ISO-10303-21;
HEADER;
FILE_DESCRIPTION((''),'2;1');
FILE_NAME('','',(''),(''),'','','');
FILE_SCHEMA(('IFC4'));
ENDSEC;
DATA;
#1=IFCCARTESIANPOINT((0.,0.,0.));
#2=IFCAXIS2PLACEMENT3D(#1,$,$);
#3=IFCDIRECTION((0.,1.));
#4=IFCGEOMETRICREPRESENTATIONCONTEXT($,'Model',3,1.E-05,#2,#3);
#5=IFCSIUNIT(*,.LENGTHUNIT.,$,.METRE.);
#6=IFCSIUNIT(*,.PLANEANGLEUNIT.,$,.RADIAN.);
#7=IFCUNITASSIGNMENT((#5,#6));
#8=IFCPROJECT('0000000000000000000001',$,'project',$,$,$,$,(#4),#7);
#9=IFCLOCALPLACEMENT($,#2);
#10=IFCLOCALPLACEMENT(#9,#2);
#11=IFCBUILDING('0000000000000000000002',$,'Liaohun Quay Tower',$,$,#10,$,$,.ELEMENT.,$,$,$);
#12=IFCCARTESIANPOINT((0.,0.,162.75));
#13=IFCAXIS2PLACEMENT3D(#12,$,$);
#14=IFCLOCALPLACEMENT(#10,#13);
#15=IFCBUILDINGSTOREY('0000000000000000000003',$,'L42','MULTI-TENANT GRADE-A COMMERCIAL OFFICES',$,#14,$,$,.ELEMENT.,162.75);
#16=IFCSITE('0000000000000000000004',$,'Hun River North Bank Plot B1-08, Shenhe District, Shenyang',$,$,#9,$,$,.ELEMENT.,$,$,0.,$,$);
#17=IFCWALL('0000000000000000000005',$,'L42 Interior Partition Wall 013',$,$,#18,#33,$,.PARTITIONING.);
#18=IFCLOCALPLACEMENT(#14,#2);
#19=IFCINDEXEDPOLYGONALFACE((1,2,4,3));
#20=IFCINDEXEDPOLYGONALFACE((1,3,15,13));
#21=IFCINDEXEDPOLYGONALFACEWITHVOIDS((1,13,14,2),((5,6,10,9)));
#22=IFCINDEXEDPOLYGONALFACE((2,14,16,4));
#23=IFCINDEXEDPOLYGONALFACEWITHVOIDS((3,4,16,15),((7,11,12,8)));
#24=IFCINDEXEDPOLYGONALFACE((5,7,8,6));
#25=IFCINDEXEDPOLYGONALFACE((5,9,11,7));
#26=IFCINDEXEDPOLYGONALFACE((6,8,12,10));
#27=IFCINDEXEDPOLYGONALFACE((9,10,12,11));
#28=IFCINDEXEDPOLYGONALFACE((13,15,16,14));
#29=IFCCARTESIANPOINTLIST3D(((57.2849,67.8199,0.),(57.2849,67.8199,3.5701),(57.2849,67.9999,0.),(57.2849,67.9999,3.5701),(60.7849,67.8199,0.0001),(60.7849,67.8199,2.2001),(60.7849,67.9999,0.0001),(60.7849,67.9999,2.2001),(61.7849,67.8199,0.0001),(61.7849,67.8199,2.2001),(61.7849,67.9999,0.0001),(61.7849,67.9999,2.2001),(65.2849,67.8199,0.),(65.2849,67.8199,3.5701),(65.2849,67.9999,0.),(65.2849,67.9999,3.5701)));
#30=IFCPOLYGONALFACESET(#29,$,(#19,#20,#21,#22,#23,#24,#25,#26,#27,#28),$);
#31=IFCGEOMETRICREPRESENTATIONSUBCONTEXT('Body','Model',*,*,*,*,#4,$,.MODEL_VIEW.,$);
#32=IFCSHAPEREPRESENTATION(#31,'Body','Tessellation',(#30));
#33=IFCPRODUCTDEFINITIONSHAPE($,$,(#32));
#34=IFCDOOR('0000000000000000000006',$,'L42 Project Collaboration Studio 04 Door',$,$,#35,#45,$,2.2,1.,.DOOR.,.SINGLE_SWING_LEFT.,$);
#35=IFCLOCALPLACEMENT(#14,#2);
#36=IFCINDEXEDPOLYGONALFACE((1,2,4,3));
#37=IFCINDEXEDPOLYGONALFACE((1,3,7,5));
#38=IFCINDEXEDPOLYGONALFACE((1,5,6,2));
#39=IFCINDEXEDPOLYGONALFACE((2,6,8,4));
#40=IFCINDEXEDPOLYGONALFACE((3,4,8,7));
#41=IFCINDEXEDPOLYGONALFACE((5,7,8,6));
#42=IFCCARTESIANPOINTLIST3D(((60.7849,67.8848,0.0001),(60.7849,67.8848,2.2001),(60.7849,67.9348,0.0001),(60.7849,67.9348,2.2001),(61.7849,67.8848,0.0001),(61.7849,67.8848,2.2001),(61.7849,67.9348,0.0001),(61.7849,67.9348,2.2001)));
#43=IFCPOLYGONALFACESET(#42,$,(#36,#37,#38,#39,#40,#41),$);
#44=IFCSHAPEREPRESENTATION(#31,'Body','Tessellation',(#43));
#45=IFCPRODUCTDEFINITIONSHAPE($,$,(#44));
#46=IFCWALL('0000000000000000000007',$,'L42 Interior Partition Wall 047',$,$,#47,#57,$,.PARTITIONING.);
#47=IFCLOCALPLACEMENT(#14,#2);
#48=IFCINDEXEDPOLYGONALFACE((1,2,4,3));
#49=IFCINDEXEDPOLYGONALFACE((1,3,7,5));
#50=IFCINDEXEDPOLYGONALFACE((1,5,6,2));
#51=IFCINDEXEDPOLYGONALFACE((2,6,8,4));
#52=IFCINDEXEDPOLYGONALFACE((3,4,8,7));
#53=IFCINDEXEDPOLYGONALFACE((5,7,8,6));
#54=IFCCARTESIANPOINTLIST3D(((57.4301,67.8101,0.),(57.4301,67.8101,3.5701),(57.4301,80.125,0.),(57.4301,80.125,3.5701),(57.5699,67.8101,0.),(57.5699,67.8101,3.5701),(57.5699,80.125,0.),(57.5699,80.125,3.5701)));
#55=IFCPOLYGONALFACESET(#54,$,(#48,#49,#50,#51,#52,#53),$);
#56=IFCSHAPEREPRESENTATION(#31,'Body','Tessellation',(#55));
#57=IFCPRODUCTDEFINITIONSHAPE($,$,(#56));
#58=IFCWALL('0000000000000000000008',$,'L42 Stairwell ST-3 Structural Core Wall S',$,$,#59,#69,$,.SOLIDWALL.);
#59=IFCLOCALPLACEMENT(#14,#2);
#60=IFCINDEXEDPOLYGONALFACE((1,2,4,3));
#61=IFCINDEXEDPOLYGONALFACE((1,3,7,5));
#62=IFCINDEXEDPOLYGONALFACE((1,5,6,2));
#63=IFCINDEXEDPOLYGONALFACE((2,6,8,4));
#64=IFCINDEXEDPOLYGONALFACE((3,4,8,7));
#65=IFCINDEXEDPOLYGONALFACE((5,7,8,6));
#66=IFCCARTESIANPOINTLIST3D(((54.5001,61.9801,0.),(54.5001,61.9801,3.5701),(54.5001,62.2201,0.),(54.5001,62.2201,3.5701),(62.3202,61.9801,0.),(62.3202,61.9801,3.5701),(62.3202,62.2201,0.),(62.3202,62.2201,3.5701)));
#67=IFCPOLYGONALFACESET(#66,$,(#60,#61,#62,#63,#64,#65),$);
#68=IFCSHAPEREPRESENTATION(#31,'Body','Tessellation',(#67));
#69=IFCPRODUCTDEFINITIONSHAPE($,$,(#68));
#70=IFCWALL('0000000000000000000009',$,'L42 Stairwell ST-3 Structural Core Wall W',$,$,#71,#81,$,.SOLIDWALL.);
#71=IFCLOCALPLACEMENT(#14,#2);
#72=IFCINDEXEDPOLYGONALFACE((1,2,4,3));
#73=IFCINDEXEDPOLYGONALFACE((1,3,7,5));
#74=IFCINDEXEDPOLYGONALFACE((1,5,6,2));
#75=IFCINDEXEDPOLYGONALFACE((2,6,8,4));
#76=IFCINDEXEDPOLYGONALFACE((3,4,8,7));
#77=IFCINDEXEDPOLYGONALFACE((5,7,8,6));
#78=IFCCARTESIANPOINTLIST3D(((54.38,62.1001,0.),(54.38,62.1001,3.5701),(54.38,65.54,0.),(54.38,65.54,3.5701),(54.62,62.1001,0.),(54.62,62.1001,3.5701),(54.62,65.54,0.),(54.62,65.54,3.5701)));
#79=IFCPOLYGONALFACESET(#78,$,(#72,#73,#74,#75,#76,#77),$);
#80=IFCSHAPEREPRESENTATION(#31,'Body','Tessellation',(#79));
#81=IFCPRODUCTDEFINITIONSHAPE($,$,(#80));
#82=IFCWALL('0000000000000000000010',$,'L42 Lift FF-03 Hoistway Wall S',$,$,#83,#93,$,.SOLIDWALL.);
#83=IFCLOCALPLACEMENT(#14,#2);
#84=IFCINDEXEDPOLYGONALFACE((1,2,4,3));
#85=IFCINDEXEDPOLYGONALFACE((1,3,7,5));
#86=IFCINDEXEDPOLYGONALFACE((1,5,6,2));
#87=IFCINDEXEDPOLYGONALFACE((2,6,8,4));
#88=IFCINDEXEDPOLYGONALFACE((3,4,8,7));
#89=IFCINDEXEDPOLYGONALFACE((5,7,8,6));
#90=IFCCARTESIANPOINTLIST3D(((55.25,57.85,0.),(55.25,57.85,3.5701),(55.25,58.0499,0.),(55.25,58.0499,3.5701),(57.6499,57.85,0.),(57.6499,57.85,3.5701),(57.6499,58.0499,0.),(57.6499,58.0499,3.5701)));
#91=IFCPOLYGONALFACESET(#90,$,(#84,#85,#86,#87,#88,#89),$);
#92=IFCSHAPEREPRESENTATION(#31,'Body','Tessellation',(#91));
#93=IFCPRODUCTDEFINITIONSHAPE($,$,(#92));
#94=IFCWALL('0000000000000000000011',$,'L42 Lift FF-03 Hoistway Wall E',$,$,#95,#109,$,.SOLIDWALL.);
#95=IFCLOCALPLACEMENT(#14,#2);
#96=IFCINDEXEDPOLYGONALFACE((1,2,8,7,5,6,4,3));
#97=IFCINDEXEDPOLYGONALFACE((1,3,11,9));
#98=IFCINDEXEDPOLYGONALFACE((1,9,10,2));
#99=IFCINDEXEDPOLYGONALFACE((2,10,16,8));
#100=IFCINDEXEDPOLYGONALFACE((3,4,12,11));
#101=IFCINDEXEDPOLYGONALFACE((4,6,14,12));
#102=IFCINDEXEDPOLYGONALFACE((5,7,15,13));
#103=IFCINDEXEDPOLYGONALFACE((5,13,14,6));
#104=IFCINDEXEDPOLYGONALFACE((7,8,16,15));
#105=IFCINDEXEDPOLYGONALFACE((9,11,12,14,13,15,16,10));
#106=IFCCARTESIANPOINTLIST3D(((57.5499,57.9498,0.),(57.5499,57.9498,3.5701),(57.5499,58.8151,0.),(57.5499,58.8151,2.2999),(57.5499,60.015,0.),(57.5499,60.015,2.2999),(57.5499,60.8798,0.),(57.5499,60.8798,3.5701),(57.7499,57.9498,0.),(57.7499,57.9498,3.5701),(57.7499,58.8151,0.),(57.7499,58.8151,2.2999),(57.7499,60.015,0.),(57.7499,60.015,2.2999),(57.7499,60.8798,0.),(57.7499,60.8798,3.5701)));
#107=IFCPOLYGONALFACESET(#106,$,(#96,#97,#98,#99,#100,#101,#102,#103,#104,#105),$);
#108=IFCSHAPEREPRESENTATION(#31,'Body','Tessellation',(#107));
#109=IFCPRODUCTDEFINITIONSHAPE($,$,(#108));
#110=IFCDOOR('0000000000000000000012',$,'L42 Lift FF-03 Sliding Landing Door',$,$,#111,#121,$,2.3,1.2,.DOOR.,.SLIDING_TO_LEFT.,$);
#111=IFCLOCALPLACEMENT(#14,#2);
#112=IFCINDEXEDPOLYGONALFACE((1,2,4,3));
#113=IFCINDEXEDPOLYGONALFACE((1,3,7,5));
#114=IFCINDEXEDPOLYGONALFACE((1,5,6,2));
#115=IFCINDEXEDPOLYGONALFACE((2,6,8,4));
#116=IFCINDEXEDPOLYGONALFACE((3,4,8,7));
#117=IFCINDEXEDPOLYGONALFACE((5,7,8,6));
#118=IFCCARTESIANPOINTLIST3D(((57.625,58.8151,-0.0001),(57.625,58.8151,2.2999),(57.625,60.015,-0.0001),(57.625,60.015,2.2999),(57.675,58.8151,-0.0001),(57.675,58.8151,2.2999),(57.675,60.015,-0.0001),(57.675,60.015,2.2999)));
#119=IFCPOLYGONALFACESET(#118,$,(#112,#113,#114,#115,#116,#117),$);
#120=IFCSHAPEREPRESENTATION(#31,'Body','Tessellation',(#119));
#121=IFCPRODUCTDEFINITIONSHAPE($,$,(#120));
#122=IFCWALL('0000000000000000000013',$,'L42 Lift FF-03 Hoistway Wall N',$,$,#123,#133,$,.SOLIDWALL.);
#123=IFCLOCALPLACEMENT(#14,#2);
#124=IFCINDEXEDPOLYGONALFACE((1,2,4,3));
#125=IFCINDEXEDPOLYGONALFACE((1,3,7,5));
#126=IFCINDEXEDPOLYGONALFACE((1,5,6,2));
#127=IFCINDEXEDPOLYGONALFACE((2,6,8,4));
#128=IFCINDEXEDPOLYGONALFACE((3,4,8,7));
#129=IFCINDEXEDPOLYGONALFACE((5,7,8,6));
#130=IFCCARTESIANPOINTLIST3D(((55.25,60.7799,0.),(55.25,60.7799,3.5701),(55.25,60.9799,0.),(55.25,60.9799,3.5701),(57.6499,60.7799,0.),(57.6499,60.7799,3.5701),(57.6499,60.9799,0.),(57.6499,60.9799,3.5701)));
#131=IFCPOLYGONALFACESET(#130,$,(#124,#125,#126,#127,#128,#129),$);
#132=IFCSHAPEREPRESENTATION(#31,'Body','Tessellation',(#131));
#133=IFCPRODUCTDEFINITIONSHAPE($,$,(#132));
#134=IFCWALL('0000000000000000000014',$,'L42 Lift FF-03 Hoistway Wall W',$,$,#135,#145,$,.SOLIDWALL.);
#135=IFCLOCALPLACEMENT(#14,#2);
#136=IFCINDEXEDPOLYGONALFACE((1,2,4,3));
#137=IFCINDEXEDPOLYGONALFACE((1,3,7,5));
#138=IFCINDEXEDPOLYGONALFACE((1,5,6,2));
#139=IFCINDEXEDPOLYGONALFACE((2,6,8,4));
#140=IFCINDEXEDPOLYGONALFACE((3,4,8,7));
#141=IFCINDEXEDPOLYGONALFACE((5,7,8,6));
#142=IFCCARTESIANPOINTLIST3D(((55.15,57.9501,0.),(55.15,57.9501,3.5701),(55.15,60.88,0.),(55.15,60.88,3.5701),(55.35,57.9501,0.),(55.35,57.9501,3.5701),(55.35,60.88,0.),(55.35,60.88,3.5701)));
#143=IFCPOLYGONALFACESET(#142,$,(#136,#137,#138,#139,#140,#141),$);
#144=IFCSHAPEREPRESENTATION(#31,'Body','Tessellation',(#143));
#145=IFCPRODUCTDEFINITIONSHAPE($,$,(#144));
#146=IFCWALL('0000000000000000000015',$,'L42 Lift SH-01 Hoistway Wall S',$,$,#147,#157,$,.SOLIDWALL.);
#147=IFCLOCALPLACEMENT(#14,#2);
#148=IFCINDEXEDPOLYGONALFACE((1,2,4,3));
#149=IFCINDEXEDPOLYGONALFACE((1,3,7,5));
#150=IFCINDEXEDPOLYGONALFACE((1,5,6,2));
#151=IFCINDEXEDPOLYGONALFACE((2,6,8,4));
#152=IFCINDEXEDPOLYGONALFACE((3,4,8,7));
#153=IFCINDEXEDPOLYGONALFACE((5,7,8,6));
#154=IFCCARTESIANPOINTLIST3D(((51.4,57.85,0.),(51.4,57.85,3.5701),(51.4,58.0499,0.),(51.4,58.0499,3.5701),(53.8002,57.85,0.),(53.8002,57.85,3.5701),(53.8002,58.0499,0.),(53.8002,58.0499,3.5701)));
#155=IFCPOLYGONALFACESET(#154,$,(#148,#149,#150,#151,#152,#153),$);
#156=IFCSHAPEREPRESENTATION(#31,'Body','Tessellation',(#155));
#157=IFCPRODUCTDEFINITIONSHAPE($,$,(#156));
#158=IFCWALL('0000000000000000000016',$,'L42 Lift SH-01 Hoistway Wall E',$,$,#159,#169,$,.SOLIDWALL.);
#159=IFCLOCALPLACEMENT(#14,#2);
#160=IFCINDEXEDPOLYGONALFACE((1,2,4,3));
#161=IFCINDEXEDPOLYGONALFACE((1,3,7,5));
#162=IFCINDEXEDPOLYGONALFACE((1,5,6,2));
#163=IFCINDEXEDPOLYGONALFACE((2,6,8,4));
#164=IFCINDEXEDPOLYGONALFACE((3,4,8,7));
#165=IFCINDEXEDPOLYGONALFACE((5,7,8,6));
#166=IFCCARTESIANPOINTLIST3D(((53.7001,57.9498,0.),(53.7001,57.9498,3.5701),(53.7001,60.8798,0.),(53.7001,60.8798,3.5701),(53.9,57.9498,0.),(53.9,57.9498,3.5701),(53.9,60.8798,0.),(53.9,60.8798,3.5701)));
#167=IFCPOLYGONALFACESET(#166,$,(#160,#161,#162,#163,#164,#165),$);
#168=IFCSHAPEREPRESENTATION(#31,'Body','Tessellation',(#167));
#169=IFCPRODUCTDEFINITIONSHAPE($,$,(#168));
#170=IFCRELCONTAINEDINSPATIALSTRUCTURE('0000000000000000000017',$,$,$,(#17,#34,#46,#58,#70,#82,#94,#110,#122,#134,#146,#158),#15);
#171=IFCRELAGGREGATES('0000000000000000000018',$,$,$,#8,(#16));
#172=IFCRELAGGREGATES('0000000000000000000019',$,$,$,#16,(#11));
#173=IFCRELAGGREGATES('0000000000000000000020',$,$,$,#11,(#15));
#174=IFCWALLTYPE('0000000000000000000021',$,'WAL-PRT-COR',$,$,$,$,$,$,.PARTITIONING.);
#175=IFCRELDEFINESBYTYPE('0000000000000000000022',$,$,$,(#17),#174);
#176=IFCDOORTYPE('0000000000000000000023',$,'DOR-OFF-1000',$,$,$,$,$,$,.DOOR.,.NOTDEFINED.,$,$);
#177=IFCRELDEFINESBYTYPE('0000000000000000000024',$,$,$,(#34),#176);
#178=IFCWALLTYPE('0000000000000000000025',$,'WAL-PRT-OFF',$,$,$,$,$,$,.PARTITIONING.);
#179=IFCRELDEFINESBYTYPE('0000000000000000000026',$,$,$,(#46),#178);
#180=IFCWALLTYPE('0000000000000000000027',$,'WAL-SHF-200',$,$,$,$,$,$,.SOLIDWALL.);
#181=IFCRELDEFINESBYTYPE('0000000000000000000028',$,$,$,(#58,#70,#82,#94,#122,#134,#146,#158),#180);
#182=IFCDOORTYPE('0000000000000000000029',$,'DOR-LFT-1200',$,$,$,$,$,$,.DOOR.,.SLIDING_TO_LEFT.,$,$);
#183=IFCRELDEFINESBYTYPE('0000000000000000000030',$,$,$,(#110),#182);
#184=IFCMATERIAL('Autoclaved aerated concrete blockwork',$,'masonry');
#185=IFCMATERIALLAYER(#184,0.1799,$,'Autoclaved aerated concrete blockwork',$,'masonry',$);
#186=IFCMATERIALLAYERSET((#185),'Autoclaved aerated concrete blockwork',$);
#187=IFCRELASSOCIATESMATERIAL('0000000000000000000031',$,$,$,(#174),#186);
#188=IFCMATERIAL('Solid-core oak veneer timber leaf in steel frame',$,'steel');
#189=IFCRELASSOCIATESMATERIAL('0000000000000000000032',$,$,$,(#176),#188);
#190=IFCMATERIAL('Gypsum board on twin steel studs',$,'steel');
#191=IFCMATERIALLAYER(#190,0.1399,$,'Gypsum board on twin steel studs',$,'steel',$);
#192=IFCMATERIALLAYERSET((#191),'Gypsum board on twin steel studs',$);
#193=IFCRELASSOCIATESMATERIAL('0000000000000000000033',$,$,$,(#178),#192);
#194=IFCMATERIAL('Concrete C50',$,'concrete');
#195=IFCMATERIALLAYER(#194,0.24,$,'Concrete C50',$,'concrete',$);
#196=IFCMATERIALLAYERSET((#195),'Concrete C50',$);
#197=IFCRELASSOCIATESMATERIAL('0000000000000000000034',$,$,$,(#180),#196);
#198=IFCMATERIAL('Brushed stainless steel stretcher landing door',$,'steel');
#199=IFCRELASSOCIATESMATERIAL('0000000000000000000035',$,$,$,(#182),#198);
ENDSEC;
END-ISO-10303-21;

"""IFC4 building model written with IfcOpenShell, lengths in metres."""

from ifc_helpers import new_model, si_unit, direction, frame, frame_2d, origin, place, context, subcontext, project, spatial, rectangle, extrude, source, transform, mapped, material, layer, layer_set, type_object, element, fill, save


model = new_model("IFC4")

# Units and contexts
model_context = context("Model", 3, precision=1e-05, world=origin(), true_north=direction((0.0, 1.0)))
body_context = subcontext(model_context, "Body", "Model", "MODEL_VIEW")
ifc_project = project(units=[si_unit("LENGTHUNIT", "METRE"), si_unit("PLANEANGLEUNIT", "RADIAN")], contexts=[model_context])

# Site, building, storey
site_placement = place(None, origin())
site = spatial("IfcSite", under=ifc_project, at=site_placement, Name="Hun River North Bank Plot B1-08, Shenhe District, Shenyang", CompositionType="ELEMENT", RefElevation=0.0)
building_placement = place(site_placement, origin())
building = spatial("IfcBuilding", under=site, at=building_placement, Name="Liaohun Quay Tower", CompositionType="ELEMENT")
storey_placement = place(building_placement, frame((0.0, 0.0, 162.75)))
storey = spatial("IfcBuildingStorey", under=building, at=storey_placement, Name="L42", Description="MULTI-TENANT GRADE-A COMMERCIAL OFFICES", CompositionType="ELEMENT", Elevation=162.75)

# Wall, opening, door
ifc_material_1 = material(Name="Autoclaved aerated concrete blockwork", Category="masonry")
ifc_layer_1 = layer(ifc_material_1, 0.1799, Name="Autoclaved aerated concrete blockwork", Category="masonry")
ifc_layer_set_1 = layer_set([ifc_layer_1], Name="Autoclaved aerated concrete blockwork")
wall_type_1 = type_object("IfcWallType", Name="WAL-PRT-COR", PredefinedType="PARTITIONING", material=ifc_layer_set_1)
wall_1_placement = place(storey_placement, frame((57.2849, 67.9099, 0.0), z_axis=(0.0, 0.0, 1.0), x_axis=(1.0, 0.0, 0.0)))
wall_1 = element("IfcWall", 1, at=wall_1_placement, inside=storey, type_object=wall_type_1, Name="L42 Interior Partition Wall 013", PredefinedType="PARTITIONING", context=body_context, shape_type="SweptSolid", body=[
    extrude(rectangle(XDim=8.0, YDim=0.1799, at=frame_2d((4.0, 0.0))), origin(), (0.0, 0.0, 1.0), 3.5701),
])
shared_shape_1 = source(origin(), body_context, "Body", "SweptSolid", [
    extrude(rectangle(XDim=1.0, YDim=2.2, at=frame_2d((0.5, 1.1001))), frame((0.0, 0.0999, 0.0), z_axis=(0.0, -1.0, 0.0), x_axis=(1.0, 0.0, 0.0)), (0.0, 0.0, 1.0), 0.2),
])
opening_1_placement = place(wall_1_placement, frame((3.5, 0.0, 0.0)))
opening_1 = element("IfcOpeningElement", 2, at=opening_1_placement, cuts=wall_1, PredefinedType="OPENING", context=body_context, shape_type="MappedRepresentation", body=[
    mapped(shared_shape_1, transform((0.0, 0.0, 0.0), x_axis=(1.0, 0.0, 0.0), y_axis=(0.0, 1.0, 0.0), z_axis=(0.0, 0.0, 1.0), scale=1.0)),
])
ifc_material_2 = material(Name="Solid-core oak veneer timber leaf in steel frame", Category="steel")
door_type_1 = type_object("IfcDoorType", Name="DOR-OFF-1000", OperationType="NOTDEFINED", PredefinedType="DOOR", material=ifc_material_2)
shared_shape_2 = source(origin(), body_context, "Body", "SweptSolid", [
    extrude(rectangle(XDim=1.0, YDim=2.2, at=frame_2d((0.5, 1.1001))), frame((0.0, 0.0249, 0.0), z_axis=(0.0, -1.0, 0.0), x_axis=(1.0, 0.0, 0.0)), (0.0, 0.0, 1.0), 0.05),
])
door_1_placement = place(opening_1_placement, origin())
door_1 = element("IfcDoor", 3, at=door_1_placement, inside=storey, type_object=door_type_1, Name="L42 Project Collaboration Studio 04 Door", OperationType="SINGLE_SWING_LEFT", OverallHeight=2.2, OverallWidth=1.0, PredefinedType="DOOR", context=body_context, shape_type="MappedRepresentation", body=[
    mapped(shared_shape_2, transform((0.0, 0.0, 0.0), x_axis=(1.0, 0.0, 0.0), y_axis=(0.0, 1.0, 0.0), z_axis=(0.0, 0.0, 1.0), scale=1.0)),
])
fill(opening_1, door_1)

# Walls
ifc_material_3 = material(Name="Gypsum board on twin steel studs", Category="steel")
ifc_layer_2 = layer(ifc_material_3, 0.1399, Name="Gypsum board on twin steel studs", Category="steel")
ifc_layer_set_2 = layer_set([ifc_layer_2], Name="Gypsum board on twin steel studs")
wall_type_2 = type_object("IfcWallType", Name="WAL-PRT-OFF", PredefinedType="PARTITIONING", material=ifc_layer_set_2)
wall_2_placement = place(storey_placement, frame((57.5, 67.8101, 0.0), z_axis=(0.0, 0.0, 1.0), x_axis=(0.0, 1.0, 0.0)))
element("IfcWall", 4, at=wall_2_placement, inside=storey, type_object=wall_type_2, Name="L42 Interior Partition Wall 047", PredefinedType="PARTITIONING", context=body_context, shape_type="SweptSolid", body=[
    extrude(rectangle(XDim=12.3149, YDim=0.1399, at=frame_2d((6.1575, 0.0))), origin(), (0.0, 0.0, 1.0), 3.5701),
])
ifc_material_4 = material(Name="Concrete C50", Category="concrete")
ifc_layer_3 = layer(ifc_material_4, 0.24, Name="Concrete C50", Category="concrete")
ifc_layer_set_3 = layer_set([ifc_layer_3], Name="Concrete C50")
wall_type_3 = type_object("IfcWallType", Name="WAL-SHF-200", PredefinedType="SOLIDWALL", material=ifc_layer_set_3)
wall_3_placement = place(storey_placement, frame((54.5, 62.1001, 0.0), z_axis=(0.0, 0.0, 1.0), x_axis=(1.0, 0.0, 0.0)))
element("IfcWall", 5, at=wall_3_placement, inside=storey, type_object=wall_type_3, Name="L42 Stairwell ST-3 Structural Core Wall S", PredefinedType="SOLIDWALL", context=body_context, shape_type="SweptSolid", body=[
    extrude(rectangle(XDim=7.8201, YDim=0.24, at=frame_2d((3.9102, 0.0))), origin(), (0.0, 0.0, 1.0), 3.5701),
])
wall_4_placement = place(storey_placement, frame((54.5, 65.54, 0.0), z_axis=(0.0, 0.0, 1.0), x_axis=(0.0, -1.0, 0.0)))
element("IfcWall", 6, at=wall_4_placement, inside=storey, type_object=wall_type_3, Name="L42 Stairwell ST-3 Structural Core Wall W", PredefinedType="SOLIDWALL", context=body_context, shape_type="SweptSolid", body=[
    extrude(rectangle(XDim=3.4399, YDim=0.24, at=frame_2d((1.72, 0.0))), origin(), (0.0, 0.0, 1.0), 3.5701),
])
wall_5_placement = place(storey_placement, frame((55.25, 57.95, 0.0), z_axis=(0.0, 0.0, 1.0), x_axis=(1.0, 0.0, 0.0)))
element("IfcWall", 7, at=wall_5_placement, inside=storey, type_object=wall_type_3, Name="L42 Lift FF-03 Hoistway Wall S", PredefinedType="SOLIDWALL", context=body_context, shape_type="SweptSolid", body=[
    extrude(rectangle(XDim=2.3999, YDim=0.2, at=frame_2d((1.2, 0.0))), origin(), (0.0, 0.0, 1.0), 3.5701),
])

# Wall, opening, door
wall_6_placement = place(storey_placement, frame((57.6499, 57.95, 0.0), z_axis=(0.0, 0.0, 1.0), x_axis=(0.0, 1.0, 0.0)))
wall_6 = element("IfcWall", 8, at=wall_6_placement, inside=storey, type_object=wall_type_3, Name="L42 Lift FF-03 Hoistway Wall E", PredefinedType="SOLIDWALL", context=body_context, shape_type="SweptSolid", body=[
    extrude(rectangle(XDim=2.9299, YDim=0.2, at=frame_2d((1.4648, 0.0))), origin(), (0.0, 0.0, 1.0), 3.5701),
])
shared_shape_3 = source(origin(), body_context, "Body", "SweptSolid", [
    extrude(rectangle(XDim=1.2, YDim=2.3, at=frame_2d((0.6001, 1.1499))), frame((0.0, 0.1099, 0.0), z_axis=(0.0, -1.0, 0.0), x_axis=(1.0, 0.0, 0.0)), (0.0, 0.0, 1.0), 0.22),
])
opening_2_placement = place(wall_6_placement, frame((0.865, 0.0, 0.0)))
opening_2 = element("IfcOpeningElement", 9, at=opening_2_placement, cuts=wall_6, PredefinedType="OPENING", context=body_context, shape_type="MappedRepresentation", body=[
    mapped(shared_shape_3, transform((0.0, 0.0, 0.0), x_axis=(1.0, 0.0, 0.0), y_axis=(0.0, 1.0, 0.0), z_axis=(0.0, 0.0, 1.0), scale=1.0)),
])
ifc_material_5 = material(Name="Brushed stainless steel stretcher landing door", Category="steel")
door_type_2 = type_object("IfcDoorType", Name="DOR-LFT-1200", OperationType="SLIDING_TO_LEFT", PredefinedType="DOOR", material=ifc_material_5)
shared_shape_4 = source(origin(), body_context, "Body", "SweptSolid", [
    extrude(rectangle(XDim=1.2, YDim=2.3, at=frame_2d((0.6001, 1.1499))), frame((0.0, 0.0249, 0.0), z_axis=(0.0, -1.0, 0.0), x_axis=(1.0, 0.0, 0.0)), (0.0, 0.0, 1.0), 0.05),
])
door_2_placement = place(opening_2_placement, origin())
door_2 = element("IfcDoor", 10, at=door_2_placement, inside=storey, type_object=door_type_2, Name="L42 Lift FF-03 Sliding Landing Door", OperationType="SLIDING_TO_LEFT", OverallHeight=2.3, OverallWidth=1.2, PredefinedType="DOOR", context=body_context, shape_type="MappedRepresentation", body=[
    mapped(shared_shape_4, transform((0.0, 0.0, 0.0), x_axis=(1.0, 0.0, 0.0), y_axis=(0.0, 1.0, 0.0), z_axis=(0.0, 0.0, 1.0), scale=1.0)),
])
fill(opening_2, door_2)

# Walls
wall_7_placement = place(storey_placement, frame((57.6499, 60.8799, 0.0), z_axis=(0.0, 0.0, 1.0), x_axis=(-1.0, 0.0, 0.0)))
element("IfcWall", 11, at=wall_7_placement, inside=storey, type_object=wall_type_3, Name="L42 Lift FF-03 Hoistway Wall N", PredefinedType="SOLIDWALL", context=body_context, shape_type="SweptSolid", body=[
    extrude(rectangle(XDim=2.3999, YDim=0.2, at=frame_2d((1.2, 0.0))), origin(), (0.0, 0.0, 1.0), 3.5701),
])
wall_8_placement = place(storey_placement, frame((55.25, 60.8799, 0.0), z_axis=(0.0, 0.0, 1.0), x_axis=(0.0, -1.0, 0.0)))
element("IfcWall", 12, at=wall_8_placement, inside=storey, type_object=wall_type_3, Name="L42 Lift FF-03 Hoistway Wall W", PredefinedType="SOLIDWALL", context=body_context, shape_type="SweptSolid", body=[
    extrude(rectangle(XDim=2.9299, YDim=0.2, at=frame_2d((1.4648, 0.0))), origin(), (0.0, 0.0, 1.0), 3.5701),
])
wall_9_placement = place(storey_placement, frame((51.3999, 57.95, 0.0), z_axis=(0.0, 0.0, 1.0), x_axis=(1.0, 0.0, 0.0)))
element("IfcWall", 13, at=wall_9_placement, inside=storey, type_object=wall_type_3, Name="L42 Lift SH-01 Hoistway Wall S", PredefinedType="SOLIDWALL", context=body_context, shape_type="SweptSolid", body=[
    extrude(rectangle(XDim=2.4001, YDim=0.2, at=frame_2d((1.2002, 0.0))), origin(), (0.0, 0.0, 1.0), 3.5701),
])
wall_10_placement = place(storey_placement, frame((53.8, 57.95, 0.0), z_axis=(0.0, 0.0, 1.0), x_axis=(0.0, 1.0, 0.0)))
element("IfcWall", 14, at=wall_10_placement, inside=storey, type_object=wall_type_3, Name="L42 Lift SH-01 Hoistway Wall E", PredefinedType="SOLIDWALL", context=body_context, shape_type="SweptSolid", body=[
    extrude(rectangle(XDim=2.9299, YDim=0.2, at=frame_2d((1.4648, 0.0))), origin(), (0.0, 0.0, 1.0), 3.5701),
])

save(model, "model.ifc")
